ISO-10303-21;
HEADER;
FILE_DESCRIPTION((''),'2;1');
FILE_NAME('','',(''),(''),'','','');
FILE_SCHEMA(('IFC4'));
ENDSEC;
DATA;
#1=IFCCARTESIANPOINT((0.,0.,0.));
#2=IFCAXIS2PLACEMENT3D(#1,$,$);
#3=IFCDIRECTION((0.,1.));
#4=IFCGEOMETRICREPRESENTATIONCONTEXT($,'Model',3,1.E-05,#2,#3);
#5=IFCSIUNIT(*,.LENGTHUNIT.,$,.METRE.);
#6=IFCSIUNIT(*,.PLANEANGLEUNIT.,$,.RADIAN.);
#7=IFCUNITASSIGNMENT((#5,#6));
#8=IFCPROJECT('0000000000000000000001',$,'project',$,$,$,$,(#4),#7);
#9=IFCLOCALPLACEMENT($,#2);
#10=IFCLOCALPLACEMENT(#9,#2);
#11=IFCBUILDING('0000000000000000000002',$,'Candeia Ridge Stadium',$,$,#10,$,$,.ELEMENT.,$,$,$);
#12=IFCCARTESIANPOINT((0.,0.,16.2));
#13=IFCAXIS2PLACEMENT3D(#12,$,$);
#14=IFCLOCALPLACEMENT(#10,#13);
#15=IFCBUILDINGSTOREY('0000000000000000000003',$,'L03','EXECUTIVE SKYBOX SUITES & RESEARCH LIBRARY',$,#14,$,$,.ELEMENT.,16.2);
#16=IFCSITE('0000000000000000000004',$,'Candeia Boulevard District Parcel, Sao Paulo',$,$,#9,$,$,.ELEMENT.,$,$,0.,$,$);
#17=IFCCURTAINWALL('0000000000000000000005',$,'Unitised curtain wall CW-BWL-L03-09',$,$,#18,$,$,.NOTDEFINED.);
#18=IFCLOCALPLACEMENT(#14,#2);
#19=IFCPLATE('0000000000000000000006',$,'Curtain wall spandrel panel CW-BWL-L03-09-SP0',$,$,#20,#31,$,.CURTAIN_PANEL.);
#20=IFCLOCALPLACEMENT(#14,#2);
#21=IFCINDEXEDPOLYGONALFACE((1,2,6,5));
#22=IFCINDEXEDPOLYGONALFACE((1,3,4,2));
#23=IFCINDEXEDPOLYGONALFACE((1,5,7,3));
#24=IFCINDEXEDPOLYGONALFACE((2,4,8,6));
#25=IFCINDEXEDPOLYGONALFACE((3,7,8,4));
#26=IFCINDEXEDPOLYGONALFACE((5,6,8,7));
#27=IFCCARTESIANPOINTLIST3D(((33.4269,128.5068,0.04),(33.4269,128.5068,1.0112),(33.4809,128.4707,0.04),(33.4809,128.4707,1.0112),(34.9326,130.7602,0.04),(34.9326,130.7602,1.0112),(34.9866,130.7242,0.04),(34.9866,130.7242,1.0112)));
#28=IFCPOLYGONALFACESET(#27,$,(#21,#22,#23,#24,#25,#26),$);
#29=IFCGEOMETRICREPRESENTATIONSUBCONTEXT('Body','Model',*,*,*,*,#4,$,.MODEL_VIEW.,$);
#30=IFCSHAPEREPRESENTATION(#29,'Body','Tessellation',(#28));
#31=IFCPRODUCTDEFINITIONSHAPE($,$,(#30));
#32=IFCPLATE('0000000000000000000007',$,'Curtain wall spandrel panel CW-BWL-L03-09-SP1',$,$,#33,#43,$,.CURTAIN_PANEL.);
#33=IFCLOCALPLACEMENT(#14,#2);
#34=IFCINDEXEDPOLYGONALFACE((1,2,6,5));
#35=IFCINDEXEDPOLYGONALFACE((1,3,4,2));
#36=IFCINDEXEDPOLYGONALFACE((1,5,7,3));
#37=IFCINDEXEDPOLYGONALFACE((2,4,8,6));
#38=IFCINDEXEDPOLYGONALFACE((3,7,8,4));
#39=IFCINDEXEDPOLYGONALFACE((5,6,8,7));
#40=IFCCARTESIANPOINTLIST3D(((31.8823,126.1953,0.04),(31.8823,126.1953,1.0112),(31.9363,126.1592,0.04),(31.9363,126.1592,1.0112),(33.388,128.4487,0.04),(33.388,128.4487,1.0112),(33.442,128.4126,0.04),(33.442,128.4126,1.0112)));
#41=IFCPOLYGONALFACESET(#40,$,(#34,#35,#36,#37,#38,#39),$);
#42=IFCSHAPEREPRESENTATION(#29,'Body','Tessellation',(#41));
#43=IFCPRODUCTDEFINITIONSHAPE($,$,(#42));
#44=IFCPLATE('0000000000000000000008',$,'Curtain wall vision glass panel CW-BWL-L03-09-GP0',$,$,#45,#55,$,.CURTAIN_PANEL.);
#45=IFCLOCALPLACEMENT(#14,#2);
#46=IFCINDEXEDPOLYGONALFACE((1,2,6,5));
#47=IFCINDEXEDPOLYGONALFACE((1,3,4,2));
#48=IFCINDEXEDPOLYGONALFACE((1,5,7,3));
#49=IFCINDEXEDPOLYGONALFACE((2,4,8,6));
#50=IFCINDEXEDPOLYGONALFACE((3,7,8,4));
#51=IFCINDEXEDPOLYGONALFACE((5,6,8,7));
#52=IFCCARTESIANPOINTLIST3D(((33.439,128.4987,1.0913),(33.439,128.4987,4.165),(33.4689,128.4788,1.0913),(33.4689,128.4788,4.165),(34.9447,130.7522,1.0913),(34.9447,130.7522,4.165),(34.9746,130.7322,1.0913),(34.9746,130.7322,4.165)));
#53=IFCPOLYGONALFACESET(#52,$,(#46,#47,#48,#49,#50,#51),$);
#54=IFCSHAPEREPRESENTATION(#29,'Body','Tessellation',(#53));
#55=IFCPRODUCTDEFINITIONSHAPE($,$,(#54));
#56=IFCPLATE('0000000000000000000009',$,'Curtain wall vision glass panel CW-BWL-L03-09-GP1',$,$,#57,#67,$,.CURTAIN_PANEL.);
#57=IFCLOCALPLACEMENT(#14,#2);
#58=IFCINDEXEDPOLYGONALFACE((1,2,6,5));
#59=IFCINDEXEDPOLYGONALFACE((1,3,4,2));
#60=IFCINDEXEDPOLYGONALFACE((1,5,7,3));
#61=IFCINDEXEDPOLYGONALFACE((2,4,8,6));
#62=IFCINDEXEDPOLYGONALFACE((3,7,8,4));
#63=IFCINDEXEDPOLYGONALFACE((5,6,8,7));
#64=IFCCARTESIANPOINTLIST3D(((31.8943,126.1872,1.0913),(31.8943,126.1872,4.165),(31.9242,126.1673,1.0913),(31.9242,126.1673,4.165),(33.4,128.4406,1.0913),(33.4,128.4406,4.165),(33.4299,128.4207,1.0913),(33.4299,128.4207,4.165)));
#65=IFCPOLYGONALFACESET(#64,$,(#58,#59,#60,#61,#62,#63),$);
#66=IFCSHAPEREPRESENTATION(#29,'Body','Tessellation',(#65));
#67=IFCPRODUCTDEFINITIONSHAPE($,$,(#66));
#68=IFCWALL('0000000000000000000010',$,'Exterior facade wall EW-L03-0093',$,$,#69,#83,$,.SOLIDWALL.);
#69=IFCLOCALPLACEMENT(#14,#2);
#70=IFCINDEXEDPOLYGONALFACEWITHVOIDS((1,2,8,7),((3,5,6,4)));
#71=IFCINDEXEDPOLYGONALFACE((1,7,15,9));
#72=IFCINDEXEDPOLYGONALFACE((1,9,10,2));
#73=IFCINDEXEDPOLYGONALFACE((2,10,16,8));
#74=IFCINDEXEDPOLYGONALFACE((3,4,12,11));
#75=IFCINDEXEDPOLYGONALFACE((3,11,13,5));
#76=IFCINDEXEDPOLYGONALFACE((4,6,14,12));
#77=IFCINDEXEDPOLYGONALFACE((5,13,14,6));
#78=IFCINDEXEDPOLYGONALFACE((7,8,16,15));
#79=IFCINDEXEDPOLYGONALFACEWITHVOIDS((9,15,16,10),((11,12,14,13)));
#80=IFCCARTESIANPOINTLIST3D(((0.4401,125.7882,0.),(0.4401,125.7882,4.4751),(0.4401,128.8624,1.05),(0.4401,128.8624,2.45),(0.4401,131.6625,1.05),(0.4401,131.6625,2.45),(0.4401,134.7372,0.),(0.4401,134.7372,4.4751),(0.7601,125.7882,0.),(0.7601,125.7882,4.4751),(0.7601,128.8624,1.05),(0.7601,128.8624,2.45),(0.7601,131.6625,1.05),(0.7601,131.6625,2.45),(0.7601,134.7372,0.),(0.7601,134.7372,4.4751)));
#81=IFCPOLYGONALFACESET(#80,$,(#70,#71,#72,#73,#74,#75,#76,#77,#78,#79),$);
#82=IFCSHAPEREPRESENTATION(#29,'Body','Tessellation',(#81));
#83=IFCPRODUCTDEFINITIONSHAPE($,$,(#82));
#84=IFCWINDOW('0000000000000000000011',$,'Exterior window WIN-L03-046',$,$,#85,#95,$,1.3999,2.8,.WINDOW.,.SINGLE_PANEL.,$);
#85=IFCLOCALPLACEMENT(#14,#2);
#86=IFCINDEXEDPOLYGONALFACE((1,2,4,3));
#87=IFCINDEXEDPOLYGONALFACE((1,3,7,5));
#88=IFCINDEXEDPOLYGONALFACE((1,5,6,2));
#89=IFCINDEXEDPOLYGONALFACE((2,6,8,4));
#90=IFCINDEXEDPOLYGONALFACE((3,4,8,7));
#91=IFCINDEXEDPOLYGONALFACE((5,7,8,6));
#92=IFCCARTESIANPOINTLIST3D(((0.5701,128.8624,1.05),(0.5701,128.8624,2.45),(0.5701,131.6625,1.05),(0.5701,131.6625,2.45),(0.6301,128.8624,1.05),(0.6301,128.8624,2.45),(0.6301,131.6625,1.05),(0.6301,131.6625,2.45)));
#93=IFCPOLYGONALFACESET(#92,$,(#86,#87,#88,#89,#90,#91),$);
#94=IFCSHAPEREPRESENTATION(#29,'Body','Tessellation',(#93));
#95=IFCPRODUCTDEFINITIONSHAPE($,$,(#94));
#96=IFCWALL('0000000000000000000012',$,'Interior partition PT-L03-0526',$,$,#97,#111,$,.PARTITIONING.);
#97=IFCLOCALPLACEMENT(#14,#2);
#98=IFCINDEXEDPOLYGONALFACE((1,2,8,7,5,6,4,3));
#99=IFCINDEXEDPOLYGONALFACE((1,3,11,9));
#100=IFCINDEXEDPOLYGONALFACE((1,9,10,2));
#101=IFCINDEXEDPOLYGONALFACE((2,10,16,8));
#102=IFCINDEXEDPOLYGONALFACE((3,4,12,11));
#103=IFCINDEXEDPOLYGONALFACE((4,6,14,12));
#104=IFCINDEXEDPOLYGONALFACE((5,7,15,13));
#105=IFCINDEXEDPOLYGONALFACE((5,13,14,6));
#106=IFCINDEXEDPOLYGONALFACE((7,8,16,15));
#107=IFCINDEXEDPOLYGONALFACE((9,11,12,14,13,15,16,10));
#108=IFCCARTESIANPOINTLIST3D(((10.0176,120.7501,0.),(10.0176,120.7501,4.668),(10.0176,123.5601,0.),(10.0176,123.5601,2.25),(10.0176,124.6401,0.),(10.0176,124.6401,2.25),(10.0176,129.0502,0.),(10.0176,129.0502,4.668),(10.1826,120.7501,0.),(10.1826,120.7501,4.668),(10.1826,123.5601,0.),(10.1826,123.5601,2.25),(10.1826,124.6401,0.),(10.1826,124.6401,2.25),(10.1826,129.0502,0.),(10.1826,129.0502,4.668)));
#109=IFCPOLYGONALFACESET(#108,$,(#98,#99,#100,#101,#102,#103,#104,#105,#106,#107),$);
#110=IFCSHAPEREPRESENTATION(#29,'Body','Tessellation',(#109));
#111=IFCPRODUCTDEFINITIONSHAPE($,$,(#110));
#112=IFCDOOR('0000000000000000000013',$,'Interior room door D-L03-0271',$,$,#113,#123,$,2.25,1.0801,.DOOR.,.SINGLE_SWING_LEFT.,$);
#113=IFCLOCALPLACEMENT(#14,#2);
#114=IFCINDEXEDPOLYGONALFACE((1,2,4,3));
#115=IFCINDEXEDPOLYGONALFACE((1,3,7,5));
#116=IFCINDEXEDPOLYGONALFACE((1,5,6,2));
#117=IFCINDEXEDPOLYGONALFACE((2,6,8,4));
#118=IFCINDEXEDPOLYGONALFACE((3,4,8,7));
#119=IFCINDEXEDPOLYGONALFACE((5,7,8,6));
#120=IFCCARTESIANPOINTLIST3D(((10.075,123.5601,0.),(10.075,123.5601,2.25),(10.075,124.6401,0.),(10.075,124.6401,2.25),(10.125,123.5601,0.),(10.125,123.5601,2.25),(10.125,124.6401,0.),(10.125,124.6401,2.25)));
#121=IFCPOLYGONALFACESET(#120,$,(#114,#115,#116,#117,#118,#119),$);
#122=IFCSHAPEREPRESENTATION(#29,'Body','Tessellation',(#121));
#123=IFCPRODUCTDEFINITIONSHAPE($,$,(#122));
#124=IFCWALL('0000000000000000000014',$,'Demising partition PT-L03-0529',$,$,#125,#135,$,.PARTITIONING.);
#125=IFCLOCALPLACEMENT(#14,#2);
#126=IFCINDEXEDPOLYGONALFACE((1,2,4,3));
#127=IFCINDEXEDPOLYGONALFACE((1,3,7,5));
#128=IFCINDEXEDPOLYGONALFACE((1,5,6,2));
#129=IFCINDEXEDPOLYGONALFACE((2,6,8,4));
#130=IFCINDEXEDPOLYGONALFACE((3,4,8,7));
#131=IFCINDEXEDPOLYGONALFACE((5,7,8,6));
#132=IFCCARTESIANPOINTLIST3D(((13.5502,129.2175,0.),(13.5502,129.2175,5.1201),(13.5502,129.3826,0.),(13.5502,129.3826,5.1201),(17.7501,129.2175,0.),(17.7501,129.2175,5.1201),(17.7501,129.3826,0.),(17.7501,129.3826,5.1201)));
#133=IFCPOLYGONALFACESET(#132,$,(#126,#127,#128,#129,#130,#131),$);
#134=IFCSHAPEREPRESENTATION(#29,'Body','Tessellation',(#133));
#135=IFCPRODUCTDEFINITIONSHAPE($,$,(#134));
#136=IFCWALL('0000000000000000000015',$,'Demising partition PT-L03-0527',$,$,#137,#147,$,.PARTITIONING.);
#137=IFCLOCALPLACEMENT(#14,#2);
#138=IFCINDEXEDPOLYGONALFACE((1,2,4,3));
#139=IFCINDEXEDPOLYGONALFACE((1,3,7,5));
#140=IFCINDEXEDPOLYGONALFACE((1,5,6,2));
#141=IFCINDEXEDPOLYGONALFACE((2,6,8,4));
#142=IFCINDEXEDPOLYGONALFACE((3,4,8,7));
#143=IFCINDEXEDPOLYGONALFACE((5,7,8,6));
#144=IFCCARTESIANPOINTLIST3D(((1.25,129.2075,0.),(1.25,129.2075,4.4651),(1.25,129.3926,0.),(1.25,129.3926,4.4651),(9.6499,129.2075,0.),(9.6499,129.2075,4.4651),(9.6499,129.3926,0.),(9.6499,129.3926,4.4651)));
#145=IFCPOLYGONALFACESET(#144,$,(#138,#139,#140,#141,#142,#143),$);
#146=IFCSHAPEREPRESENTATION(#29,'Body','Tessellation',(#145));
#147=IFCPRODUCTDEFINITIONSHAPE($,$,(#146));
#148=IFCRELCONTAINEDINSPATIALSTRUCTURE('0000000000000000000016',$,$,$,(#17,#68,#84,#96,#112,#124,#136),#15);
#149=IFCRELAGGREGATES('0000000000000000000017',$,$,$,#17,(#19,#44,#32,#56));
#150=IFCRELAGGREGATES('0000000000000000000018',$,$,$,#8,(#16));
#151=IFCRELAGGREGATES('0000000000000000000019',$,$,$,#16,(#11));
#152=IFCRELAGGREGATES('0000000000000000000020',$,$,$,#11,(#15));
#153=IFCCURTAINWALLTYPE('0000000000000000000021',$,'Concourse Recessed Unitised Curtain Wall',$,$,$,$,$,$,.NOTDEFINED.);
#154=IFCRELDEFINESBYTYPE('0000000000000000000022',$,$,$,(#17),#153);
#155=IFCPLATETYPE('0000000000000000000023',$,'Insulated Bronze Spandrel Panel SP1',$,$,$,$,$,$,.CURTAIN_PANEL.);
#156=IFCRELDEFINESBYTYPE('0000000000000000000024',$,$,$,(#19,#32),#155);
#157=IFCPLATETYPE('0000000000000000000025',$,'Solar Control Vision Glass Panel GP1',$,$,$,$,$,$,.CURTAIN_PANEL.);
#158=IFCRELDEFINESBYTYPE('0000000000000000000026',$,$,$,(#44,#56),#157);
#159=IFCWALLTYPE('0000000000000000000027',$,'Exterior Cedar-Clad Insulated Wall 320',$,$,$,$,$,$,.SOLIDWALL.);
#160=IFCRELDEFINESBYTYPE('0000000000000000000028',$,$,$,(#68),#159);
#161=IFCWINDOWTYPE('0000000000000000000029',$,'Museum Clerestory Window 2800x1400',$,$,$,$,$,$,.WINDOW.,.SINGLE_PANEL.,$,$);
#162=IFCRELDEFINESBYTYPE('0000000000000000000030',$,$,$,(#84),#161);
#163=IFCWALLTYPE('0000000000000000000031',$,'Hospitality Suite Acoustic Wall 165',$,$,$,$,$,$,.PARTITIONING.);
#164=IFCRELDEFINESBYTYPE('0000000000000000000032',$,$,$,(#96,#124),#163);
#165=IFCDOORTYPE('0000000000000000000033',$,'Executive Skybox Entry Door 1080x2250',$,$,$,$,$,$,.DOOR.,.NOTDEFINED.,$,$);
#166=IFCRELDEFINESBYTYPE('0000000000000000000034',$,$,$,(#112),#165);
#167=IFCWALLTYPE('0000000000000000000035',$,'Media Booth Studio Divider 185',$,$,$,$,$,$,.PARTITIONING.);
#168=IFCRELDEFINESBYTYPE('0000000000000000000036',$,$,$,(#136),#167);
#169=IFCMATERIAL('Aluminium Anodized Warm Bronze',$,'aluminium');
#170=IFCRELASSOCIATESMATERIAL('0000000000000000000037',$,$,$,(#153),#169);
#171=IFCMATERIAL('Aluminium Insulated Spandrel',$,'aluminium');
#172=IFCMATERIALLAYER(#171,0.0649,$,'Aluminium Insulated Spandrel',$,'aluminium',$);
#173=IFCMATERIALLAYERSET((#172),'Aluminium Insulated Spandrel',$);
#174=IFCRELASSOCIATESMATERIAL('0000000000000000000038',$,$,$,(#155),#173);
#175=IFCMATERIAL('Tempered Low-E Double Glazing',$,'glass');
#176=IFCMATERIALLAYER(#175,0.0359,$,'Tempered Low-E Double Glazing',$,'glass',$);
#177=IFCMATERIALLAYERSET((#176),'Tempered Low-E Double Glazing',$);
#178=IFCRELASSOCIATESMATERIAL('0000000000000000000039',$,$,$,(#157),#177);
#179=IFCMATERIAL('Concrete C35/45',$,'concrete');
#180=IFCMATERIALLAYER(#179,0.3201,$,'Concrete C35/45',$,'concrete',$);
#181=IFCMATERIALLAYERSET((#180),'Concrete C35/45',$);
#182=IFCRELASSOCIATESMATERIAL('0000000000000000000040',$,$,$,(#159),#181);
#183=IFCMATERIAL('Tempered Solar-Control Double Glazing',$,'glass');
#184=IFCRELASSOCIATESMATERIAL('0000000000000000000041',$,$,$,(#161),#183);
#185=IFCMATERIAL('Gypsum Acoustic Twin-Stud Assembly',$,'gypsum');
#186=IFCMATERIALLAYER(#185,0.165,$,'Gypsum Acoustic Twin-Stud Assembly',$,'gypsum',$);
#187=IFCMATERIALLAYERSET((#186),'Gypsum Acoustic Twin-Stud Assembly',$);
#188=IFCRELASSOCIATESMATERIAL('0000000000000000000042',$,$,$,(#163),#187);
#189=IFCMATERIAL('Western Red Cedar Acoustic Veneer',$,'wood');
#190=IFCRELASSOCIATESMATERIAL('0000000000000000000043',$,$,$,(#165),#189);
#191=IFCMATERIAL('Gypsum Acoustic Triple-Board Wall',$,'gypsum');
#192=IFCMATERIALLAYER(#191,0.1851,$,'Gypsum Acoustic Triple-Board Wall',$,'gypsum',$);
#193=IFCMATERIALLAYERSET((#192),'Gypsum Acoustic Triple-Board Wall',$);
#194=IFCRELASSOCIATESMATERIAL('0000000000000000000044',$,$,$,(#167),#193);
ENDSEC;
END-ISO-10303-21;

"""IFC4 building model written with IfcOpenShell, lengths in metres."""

from ifc_helpers import new_model, si_unit, direction, frame, frame_2d, origin, origin_2d, place, context, subcontext, project, spatial, rectangle, extrude, material, layer, layer_set, type_object, element, fill, aggregate, save


model = new_model("IFC4")

# Units and contexts
model_context = context("Model", 3, precision=1e-05, world=origin(), true_north=direction((0.0, 1.0)))
body_context = subcontext(model_context, "Body", "Model", "MODEL_VIEW")
ifc_project = project(units=[si_unit("LENGTHUNIT", "METRE"), si_unit("PLANEANGLEUNIT", "RADIAN")], contexts=[model_context])

# Site, building, storey
site_placement = place(None, origin())
site = spatial("IfcSite", under=ifc_project, at=site_placement, Name="Candeia Boulevard District Parcel, Sao Paulo", CompositionType="ELEMENT", RefElevation=0.0)
building_placement = place(site_placement, origin())
building = spatial("IfcBuilding", under=site, at=building_placement, Name="Candeia Ridge Stadium", CompositionType="ELEMENT")
storey_placement = place(building_placement, frame((0.0, 0.0, 16.2)))
storey = spatial("IfcBuildingStorey", under=building, at=storey_placement, Name="L03", Description="EXECUTIVE SKYBOX SUITES & RESEARCH LIBRARY", CompositionType="ELEMENT", Elevation=16.2)

# Curtain wall
ifc_material_1 = material(Name="Aluminium Anodized Warm Bronze", Category="aluminium")
curtain_wall_type = type_object("IfcCurtainWallType", Name="Concourse Recessed Unitised Curtain Wall", PredefinedType="NOTDEFINED", material=ifc_material_1)
curtain_wall_placement = place(storey_placement, origin())
curtain_wall = element("IfcCurtainWall", 1, at=curtain_wall_placement, inside=storey, type_object=curtain_wall_type, Name="Unitised curtain wall CW-BWL-L03-09", PredefinedType="NOTDEFINED")

# Plates
ifc_material_2 = material(Name="Aluminium Insulated Spandrel", Category="aluminium")
ifc_layer_1 = layer(ifc_material_2, 0.0649, Name="Aluminium Insulated Spandrel", Category="aluminium")
ifc_layer_set_1 = layer_set([ifc_layer_1], Name="Aluminium Insulated Spandrel")
plate_type_1 = type_object("IfcPlateType", Name="Insulated Bronze Spandrel Panel SP1", PredefinedType="CURTAIN_PANEL", material=ifc_layer_set_1)
plate_1_placement = place(storey_placement, frame((34.2068, 129.6155, 0.04), z_axis=(0.0, 0.0, 1.0), x_axis=(-0.555571, -0.831469, 0.0)))
plate_1 = element("IfcPlate", 2, at=plate_1_placement, type_object=plate_type_1, Name="Curtain wall spandrel panel CW-BWL-L03-09-SP0", PredefinedType="CURTAIN_PANEL", context=body_context, shape_type="SweptSolid", body=[
    extrude(rectangle(XDim=2.7102, YDim=0.0649, at=origin_2d()), origin(), (0.0, 0.0, 1.0), 0.9712),
])
plate_2_placement = place(storey_placement, frame((32.6621, 127.304, 0.04), z_axis=(0.0, 0.0, 1.0), x_axis=(-0.555571, -0.831469, 0.0)))
plate_2 = element("IfcPlate", 3, at=plate_2_placement, type_object=plate_type_1, Name="Curtain wall spandrel panel CW-BWL-L03-09-SP1", PredefinedType="CURTAIN_PANEL", context=body_context, shape_type="SweptSolid", body=[
    extrude(rectangle(XDim=2.7102, YDim=0.0649, at=origin_2d()), origin(), (0.0, 0.0, 1.0), 0.9712),
])
ifc_material_3 = material(Name="Tempered Low-E Double Glazing", Category="glass")
ifc_layer_2 = layer(ifc_material_3, 0.0359, Name="Tempered Low-E Double Glazing", Category="glass")
ifc_layer_set_2 = layer_set([ifc_layer_2], Name="Tempered Low-E Double Glazing")
plate_type_2 = type_object("IfcPlateType", Name="Solar Control Vision Glass Panel GP1", PredefinedType="CURTAIN_PANEL", material=ifc_layer_set_2)
plate_3_placement = place(storey_placement, frame((34.2068, 129.6155, 1.0913), z_axis=(0.0, 0.0, 1.0), x_axis=(-0.555571, -0.831469, 0.0)))
plate_3 = element("IfcPlate", 4, at=plate_3_placement, type_object=plate_type_2, Name="Curtain wall vision glass panel CW-BWL-L03-09-GP0", PredefinedType="CURTAIN_PANEL", context=body_context, shape_type="SweptSolid", body=[
    extrude(rectangle(XDim=2.7102, YDim=0.0359, at=origin_2d()), origin(), (0.0, 0.0, 1.0), 3.0737),
])
plate_4_placement = place(storey_placement, frame((32.6621, 127.304, 1.0913), z_axis=(0.0, 0.0, 1.0), x_axis=(-0.555571, -0.831469, 0.0)))
plate_4 = element("IfcPlate", 5, at=plate_4_placement, type_object=plate_type_2, Name="Curtain wall vision glass panel CW-BWL-L03-09-GP1", PredefinedType="CURTAIN_PANEL", context=body_context, shape_type="SweptSolid", body=[
    extrude(rectangle(XDim=2.7102, YDim=0.0359, at=origin_2d()), origin(), (0.0, 0.0, 1.0), 3.0737),
])
aggregate(curtain_wall, [plate_1, plate_3, plate_2, plate_4])

# Wall, opening, window
ifc_material_4 = material(Name="Concrete C35/45", Category="concrete")
ifc_layer_3 = layer(ifc_material_4, 0.3201, Name="Concrete C35/45", Category="concrete")
ifc_layer_set_3 = layer_set([ifc_layer_3], Name="Concrete C35/45")
wall_type_1 = type_object("IfcWallType", Name="Exterior Cedar-Clad Insulated Wall 320", PredefinedType="SOLIDWALL", material=ifc_layer_set_3)
wall_1_placement = place(storey_placement, frame((0.6001, 125.7881, 0.0), z_axis=(0.0, 0.0, 1.0), x_axis=(0.0, 1.0, 0.0)))
wall_1 = element("IfcWall", 6, at=wall_1_placement, inside=storey, type_object=wall_type_1, Name="Exterior facade wall EW-L03-0093", PredefinedType="SOLIDWALL", context=body_context, shape_type="SweptSolid", body=[
    extrude(rectangle(XDim=8.949, YDim=0.3201, at=frame_2d((4.4746, 0.0))), origin(), (0.0, 0.0, 1.0), 4.4751),
])
opening_1_placement = place(wall_1_placement, frame((3.0745, 0.0, 1.05)))
opening_1 = element("IfcOpeningElement", 7, at=opening_1_placement, cuts=wall_1, PredefinedType="OPENING", context=body_context, shape_type="SweptSolid", body=[
    extrude(rectangle(XDim=2.8, YDim=1.3999, at=frame_2d((1.3999, 0.7))), frame((0.0, 0.1699, 0.0), z_axis=(0.0, -1.0, 0.0), x_axis=(1.0, 0.0, 0.0)), (0.0, 0.0, 1.0), 0.3401),
])
ifc_material_5 = material(Name="Tempered Solar-Control Double Glazing", Category="glass")
window_type = type_object("IfcWindowType", Name="Museum Clerestory Window 2800x1400", PartitioningType="SINGLE_PANEL", PredefinedType="WINDOW", material=ifc_material_5)
window_placement = place(opening_1_placement, origin())
window = element("IfcWindow", 8, at=window_placement, inside=storey, type_object=window_type, Name="Exterior window WIN-L03-046", OverallHeight=1.3999, OverallWidth=2.8, PartitioningType="SINGLE_PANEL", PredefinedType="WINDOW", context=body_context, shape_type="SweptSolid", body=[
    extrude(rectangle(XDim=2.8, YDim=1.3999, at=frame_2d((1.3999, 0.7))), frame((0.0, 0.03, 0.0), z_axis=(0.0, -1.0, 0.0), x_axis=(1.0, 0.0, 0.0)), (0.0, 0.0, 1.0), 0.0601),
])
fill(opening_1, window)

# Wall, opening, door
ifc_material_6 = material(Name="Gypsum Acoustic Twin-Stud Assembly", Category="gypsum")
ifc_layer_4 = layer(ifc_material_6, 0.165, Name="Gypsum Acoustic Twin-Stud Assembly", Category="gypsum")
ifc_layer_set_4 = layer_set([ifc_layer_4], Name="Gypsum Acoustic Twin-Stud Assembly")
wall_type_2 = type_object("IfcWallType", Name="Hospitality Suite Acoustic Wall 165", PredefinedType="PARTITIONING", material=ifc_layer_set_4)
wall_2_placement = place(storey_placement, frame((10.1001, 129.05, 0.0), z_axis=(0.0, 0.0, 1.0), x_axis=(0.0, -1.0, 0.0)))
wall_2 = element("IfcWall", 9, at=wall_2_placement, inside=storey, type_object=wall_type_2, Name="Interior partition PT-L03-0526", PredefinedType="PARTITIONING", context=body_context, shape_type="SweptSolid", body=[
    extrude(rectangle(XDim=8.3, YDim=0.165, at=frame_2d((4.1499, 0.0))), origin(), (0.0, 0.0, 1.0), 4.668),
])
opening_2_placement = place(wall_2_placement, frame((4.4099, 0.0, 0.0)))
opening_2 = element("IfcOpeningElement", 10, at=opening_2_placement, cuts=wall_2, PredefinedType="OPENING", context=body_context, shape_type="SweptSolid", body=[
    extrude(rectangle(XDim=1.0801, YDim=2.25, at=frame_2d((0.54, 1.125))), frame((0.0, 0.0925, 0.0), z_axis=(0.0, -1.0, 0.0), x_axis=(1.0, 0.0, 0.0)), (0.0, 0.0, 1.0), 0.1851),
])
ifc_material_7 = material(Name="Western Red Cedar Acoustic Veneer", Category="wood")
door_type = type_object("IfcDoorType", Name="Executive Skybox Entry Door 1080x2250", OperationType="NOTDEFINED", PredefinedType="DOOR", material=ifc_material_7)
door_placement = place(opening_2_placement, origin())
door = element("IfcDoor", 11, at=door_placement, inside=storey, type_object=door_type, Name="Interior room door D-L03-0271", OperationType="SINGLE_SWING_LEFT", OverallHeight=2.25, OverallWidth=1.0801, PredefinedType="DOOR", context=body_context, shape_type="SweptSolid", body=[
    extrude(rectangle(XDim=1.0801, YDim=2.25, at=frame_2d((0.54, 1.125))), frame((0.0, 0.0249, 0.0), z_axis=(0.0, -1.0, 0.0), x_axis=(1.0, 0.0, 0.0)), (0.0, 0.0, 1.0), 0.05),
])
fill(opening_2, door)

# Walls
wall_3_placement = place(storey_placement, frame((13.55, 129.3, 0.0), z_axis=(0.0, 0.0, 1.0), x_axis=(1.0, 0.0, 0.0)))
element("IfcWall", 12, at=wall_3_placement, inside=storey, type_object=wall_type_2, Name="Demising partition PT-L03-0529", PredefinedType="PARTITIONING", context=body_context, shape_type="SweptSolid", body=[
    extrude(rectangle(XDim=4.2, YDim=0.165, at=frame_2d((2.1001, 0.0))), origin(), (0.0, 0.0, 1.0), 5.1201),
])
ifc_material_8 = material(Name="Gypsum Acoustic Triple-Board Wall", Category="gypsum")
ifc_layer_5 = layer(ifc_material_8, 0.1851, Name="Gypsum Acoustic Triple-Board Wall", Category="gypsum")
ifc_layer_set_5 = layer_set([ifc_layer_5], Name="Gypsum Acoustic Triple-Board Wall")
wall_type_3 = type_object("IfcWallType", Name="Media Booth Studio Divider 185", PredefinedType="PARTITIONING", material=ifc_layer_set_5)
wall_4_placement = place(storey_placement, frame((1.25, 129.3, 0.0), z_axis=(0.0, 0.0, 1.0), x_axis=(1.0, 0.0, 0.0)))
element("IfcWall", 13, at=wall_4_placement, inside=storey, type_object=wall_type_3, Name="Demising partition PT-L03-0527", PredefinedType="PARTITIONING", context=body_context, shape_type="SweptSolid", body=[
    extrude(rectangle(XDim=8.3999, YDim=0.1851, at=frame_2d((4.2, 0.0))), origin(), (0.0, 0.0, 1.0), 4.4651),
])

save(model, "model.ifc")
